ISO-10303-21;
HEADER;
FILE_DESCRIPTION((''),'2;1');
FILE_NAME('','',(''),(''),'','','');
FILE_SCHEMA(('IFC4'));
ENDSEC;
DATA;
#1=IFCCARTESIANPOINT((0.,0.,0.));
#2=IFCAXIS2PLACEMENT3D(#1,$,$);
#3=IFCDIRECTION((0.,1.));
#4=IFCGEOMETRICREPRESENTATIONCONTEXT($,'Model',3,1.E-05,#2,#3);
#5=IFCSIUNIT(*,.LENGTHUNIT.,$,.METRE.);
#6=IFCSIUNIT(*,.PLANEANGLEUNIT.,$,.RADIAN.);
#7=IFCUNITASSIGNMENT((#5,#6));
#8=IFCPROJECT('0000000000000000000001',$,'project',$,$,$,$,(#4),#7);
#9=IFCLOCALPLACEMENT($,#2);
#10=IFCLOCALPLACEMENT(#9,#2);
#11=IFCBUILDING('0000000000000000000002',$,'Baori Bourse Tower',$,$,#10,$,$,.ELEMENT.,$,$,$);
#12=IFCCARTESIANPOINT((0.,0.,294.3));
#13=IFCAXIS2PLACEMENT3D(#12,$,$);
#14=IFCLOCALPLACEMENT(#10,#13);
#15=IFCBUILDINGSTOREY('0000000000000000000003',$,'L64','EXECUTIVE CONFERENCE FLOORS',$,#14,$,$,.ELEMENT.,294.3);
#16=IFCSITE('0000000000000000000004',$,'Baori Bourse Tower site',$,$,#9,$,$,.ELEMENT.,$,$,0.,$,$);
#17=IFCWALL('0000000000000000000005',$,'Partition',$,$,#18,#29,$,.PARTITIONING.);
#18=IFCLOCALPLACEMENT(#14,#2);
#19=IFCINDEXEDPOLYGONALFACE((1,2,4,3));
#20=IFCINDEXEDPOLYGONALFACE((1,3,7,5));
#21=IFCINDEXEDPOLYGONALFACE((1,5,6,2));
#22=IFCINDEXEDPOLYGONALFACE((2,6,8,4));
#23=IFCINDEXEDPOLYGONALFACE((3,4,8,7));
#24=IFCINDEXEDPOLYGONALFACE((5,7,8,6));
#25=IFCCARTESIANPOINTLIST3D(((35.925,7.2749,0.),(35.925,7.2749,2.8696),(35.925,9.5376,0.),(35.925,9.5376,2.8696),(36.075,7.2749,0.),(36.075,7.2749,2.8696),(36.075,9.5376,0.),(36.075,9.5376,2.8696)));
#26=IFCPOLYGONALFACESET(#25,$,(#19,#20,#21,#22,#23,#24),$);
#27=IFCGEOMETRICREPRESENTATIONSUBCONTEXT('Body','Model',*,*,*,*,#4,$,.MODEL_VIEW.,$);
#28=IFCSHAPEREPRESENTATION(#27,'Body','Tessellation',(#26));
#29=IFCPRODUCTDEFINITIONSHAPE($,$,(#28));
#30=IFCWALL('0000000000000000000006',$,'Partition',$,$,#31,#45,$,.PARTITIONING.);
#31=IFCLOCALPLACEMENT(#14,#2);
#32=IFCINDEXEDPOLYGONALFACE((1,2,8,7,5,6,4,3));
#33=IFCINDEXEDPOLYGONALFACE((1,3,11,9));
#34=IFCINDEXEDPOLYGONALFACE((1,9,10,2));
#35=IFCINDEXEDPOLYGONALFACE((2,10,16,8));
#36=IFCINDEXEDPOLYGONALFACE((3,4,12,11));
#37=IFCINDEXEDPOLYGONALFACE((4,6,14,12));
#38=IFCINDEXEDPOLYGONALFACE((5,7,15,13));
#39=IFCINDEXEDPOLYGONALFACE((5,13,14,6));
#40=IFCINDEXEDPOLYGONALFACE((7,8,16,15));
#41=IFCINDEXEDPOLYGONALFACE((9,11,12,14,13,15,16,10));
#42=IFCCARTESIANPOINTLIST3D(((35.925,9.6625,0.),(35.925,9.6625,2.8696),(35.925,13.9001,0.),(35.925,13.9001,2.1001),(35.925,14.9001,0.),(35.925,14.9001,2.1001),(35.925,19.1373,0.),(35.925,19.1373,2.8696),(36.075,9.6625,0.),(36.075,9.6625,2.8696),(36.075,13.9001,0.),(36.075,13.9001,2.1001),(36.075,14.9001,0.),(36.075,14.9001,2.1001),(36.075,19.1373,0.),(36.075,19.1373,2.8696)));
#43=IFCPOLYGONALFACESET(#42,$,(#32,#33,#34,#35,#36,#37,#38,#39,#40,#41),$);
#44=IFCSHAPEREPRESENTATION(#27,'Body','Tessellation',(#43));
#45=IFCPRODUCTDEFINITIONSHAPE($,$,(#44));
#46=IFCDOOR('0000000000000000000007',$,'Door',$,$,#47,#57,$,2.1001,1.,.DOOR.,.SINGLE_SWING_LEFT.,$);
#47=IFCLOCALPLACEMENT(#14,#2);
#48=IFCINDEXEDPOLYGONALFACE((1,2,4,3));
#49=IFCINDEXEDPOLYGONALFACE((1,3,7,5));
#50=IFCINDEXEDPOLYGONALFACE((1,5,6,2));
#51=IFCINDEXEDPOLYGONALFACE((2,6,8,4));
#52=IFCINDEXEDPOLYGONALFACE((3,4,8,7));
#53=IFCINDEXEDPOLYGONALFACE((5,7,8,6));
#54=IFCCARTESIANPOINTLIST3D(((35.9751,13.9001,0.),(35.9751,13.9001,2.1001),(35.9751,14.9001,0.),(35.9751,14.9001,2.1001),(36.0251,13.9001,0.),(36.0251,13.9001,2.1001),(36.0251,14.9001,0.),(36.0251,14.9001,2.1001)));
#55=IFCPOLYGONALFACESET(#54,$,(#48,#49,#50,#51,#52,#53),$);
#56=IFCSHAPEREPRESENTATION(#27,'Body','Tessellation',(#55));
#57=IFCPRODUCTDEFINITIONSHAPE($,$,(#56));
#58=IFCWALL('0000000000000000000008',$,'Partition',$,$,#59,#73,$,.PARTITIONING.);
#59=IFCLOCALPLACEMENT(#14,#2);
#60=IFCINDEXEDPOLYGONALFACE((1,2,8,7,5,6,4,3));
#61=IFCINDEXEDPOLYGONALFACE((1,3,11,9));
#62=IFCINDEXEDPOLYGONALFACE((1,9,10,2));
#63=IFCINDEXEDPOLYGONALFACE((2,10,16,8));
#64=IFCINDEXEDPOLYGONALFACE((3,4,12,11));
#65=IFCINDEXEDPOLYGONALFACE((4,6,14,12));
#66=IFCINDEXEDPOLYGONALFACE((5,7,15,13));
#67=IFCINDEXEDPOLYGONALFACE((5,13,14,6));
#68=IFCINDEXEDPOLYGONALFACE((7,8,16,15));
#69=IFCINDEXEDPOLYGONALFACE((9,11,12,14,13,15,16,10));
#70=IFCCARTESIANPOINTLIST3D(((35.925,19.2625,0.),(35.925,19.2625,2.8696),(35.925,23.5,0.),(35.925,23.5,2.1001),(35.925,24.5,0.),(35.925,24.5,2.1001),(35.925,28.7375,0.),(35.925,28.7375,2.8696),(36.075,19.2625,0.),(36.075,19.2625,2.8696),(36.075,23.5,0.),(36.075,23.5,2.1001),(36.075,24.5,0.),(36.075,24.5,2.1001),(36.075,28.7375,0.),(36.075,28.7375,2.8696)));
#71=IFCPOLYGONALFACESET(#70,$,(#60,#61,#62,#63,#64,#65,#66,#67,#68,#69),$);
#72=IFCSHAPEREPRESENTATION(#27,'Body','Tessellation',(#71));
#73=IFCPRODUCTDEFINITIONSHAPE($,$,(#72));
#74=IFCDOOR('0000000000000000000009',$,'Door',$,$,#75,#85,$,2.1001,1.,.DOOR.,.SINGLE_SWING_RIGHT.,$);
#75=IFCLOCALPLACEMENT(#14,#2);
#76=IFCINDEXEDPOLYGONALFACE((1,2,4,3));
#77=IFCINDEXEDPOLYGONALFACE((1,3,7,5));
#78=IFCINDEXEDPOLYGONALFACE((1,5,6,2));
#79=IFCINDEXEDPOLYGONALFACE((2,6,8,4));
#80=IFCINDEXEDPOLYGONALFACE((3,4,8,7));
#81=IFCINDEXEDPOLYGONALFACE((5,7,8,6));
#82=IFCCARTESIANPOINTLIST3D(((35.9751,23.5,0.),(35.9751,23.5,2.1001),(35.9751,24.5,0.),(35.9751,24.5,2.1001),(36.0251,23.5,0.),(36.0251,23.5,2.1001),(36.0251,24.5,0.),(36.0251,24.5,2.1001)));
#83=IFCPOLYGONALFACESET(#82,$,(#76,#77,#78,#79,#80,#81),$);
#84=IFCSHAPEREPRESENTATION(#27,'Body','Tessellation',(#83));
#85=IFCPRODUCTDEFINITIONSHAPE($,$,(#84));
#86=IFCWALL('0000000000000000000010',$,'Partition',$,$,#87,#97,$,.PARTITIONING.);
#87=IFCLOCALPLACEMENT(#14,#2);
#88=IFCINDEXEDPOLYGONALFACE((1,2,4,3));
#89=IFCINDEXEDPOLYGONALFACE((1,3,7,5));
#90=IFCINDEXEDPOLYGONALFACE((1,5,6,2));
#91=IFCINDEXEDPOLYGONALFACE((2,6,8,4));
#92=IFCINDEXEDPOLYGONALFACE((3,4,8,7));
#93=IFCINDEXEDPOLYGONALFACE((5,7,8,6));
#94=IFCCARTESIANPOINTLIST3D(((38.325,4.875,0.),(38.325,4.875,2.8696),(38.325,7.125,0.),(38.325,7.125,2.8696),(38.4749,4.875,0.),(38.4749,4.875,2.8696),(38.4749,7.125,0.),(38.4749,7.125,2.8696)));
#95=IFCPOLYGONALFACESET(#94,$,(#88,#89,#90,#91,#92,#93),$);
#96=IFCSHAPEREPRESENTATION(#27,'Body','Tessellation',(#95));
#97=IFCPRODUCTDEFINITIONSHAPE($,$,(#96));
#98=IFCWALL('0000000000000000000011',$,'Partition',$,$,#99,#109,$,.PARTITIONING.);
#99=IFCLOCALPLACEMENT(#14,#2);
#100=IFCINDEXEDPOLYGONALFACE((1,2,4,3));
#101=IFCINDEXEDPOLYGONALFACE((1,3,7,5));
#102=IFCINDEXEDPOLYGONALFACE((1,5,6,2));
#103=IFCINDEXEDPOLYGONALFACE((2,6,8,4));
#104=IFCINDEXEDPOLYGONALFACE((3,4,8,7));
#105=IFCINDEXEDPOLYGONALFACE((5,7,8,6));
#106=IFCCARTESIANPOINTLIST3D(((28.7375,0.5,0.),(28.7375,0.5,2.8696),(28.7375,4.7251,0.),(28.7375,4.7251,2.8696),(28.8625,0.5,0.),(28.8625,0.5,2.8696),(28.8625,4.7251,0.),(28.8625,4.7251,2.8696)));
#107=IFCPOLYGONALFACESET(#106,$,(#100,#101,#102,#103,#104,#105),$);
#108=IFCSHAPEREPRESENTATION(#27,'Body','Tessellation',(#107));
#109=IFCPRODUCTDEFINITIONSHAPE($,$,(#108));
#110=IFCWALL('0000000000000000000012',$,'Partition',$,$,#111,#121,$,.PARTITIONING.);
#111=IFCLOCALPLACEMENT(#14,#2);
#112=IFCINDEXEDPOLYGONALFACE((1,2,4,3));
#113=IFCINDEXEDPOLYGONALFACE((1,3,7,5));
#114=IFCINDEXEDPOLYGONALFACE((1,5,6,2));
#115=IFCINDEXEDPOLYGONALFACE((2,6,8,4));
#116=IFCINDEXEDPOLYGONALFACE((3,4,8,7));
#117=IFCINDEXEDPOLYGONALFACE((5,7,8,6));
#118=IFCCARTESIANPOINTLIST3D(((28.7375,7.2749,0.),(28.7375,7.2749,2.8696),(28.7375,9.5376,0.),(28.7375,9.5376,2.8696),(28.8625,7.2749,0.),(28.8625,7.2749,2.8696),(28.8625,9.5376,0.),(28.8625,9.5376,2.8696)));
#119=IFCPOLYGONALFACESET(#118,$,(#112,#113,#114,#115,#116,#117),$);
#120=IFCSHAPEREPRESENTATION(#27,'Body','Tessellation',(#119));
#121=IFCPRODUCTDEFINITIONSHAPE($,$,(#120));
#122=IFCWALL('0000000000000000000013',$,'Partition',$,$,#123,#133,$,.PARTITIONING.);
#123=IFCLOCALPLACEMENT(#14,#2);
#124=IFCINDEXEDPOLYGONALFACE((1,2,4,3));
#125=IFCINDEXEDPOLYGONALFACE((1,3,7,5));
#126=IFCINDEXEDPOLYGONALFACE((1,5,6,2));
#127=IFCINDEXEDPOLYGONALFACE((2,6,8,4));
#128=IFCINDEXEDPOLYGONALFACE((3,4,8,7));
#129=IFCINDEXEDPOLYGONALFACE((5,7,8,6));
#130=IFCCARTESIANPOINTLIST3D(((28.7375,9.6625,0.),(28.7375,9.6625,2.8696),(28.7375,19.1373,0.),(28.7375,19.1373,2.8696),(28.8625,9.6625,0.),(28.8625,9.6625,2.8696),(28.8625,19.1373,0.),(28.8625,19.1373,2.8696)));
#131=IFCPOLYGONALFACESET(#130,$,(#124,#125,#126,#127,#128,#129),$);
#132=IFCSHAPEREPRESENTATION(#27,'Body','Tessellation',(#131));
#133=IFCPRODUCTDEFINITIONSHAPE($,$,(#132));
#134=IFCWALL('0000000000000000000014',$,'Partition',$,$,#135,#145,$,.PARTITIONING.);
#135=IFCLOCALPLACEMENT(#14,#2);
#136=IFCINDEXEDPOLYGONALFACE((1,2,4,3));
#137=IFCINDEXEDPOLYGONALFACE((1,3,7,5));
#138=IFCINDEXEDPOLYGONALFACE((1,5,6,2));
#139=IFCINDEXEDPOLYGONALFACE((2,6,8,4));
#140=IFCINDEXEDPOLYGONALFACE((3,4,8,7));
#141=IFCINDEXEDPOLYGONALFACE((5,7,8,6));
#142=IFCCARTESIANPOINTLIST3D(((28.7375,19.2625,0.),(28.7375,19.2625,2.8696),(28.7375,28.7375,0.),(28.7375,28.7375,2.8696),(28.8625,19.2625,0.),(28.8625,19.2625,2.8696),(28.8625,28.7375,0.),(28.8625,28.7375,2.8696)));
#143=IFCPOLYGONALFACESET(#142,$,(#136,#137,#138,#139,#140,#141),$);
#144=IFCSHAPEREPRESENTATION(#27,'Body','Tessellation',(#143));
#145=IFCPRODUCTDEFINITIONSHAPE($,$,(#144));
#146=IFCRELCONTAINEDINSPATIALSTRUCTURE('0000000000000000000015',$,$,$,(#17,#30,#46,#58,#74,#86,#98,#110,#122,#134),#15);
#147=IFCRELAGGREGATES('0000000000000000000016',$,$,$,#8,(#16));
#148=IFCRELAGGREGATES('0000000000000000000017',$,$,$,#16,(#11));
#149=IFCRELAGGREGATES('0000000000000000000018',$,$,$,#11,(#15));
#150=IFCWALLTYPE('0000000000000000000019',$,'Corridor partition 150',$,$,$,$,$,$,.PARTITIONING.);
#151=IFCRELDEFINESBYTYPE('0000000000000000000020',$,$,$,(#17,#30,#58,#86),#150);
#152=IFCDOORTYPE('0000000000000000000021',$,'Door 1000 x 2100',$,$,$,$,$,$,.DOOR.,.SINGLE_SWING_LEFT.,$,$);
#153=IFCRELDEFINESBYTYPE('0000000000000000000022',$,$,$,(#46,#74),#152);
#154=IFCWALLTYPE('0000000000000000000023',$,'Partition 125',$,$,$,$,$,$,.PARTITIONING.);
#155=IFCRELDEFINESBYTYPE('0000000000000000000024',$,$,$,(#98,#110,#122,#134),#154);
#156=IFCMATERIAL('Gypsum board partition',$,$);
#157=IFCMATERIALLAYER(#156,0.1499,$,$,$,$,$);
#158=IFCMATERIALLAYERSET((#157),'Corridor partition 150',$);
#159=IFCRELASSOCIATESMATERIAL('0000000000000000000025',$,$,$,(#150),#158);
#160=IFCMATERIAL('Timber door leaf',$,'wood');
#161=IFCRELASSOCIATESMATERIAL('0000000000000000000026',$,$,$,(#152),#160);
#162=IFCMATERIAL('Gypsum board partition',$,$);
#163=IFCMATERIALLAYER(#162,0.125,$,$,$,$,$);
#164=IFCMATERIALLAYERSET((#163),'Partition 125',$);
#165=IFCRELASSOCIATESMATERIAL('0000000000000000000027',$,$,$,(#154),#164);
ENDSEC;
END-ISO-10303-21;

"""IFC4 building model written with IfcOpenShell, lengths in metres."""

from ifc_helpers import new_model, si_unit, direction, frame, frame_2d, origin, place, context, subcontext, project, spatial, rectangle, extrude, material, layer, layer_set, type_object, element, fill, save


model = new_model("IFC4")

# Units and contexts
model_context = context("Model", 3, precision=1e-05, world=origin(), true_north=direction((0.0, 1.0)))
body_context = subcontext(model_context, "Body", "Model", "MODEL_VIEW")
ifc_project = project(units=[si_unit("LENGTHUNIT", "METRE"), si_unit("PLANEANGLEUNIT", "RADIAN")], contexts=[model_context])

# Site, building, storey
site_placement = place(None, origin())
site = spatial("IfcSite", under=ifc_project, at=site_placement, Name="Baori Bourse Tower site", CompositionType="ELEMENT", RefElevation=0.0)
building_placement = place(site_placement, origin())
building = spatial("IfcBuilding", under=site, at=building_placement, Name="Baori Bourse Tower", CompositionType="ELEMENT")
storey_placement = place(building_placement, frame((0.0, 0.0, 294.3)))
storey = spatial("IfcBuildingStorey", under=building, at=storey_placement, Name="L64", Description="EXECUTIVE CONFERENCE FLOORS", CompositionType="ELEMENT", Elevation=294.3)

# Shared definitions
ifc_material_1 = material(Name="Gypsum board partition")
ifc_layer_1 = layer(ifc_material_1, 0.1499)
ifc_layer_set_1 = layer_set([ifc_layer_1], Name="Corridor partition 150")
wall_type_1 = type_object("IfcWallType", Name="Corridor partition 150", PredefinedType="PARTITIONING", material=ifc_layer_set_1)
ifc_material_2 = material(Name="Timber door leaf", Category="wood")
door_type = type_object("IfcDoorType", Name="Door 1000 x 2100", OperationType="SINGLE_SWING_LEFT", PredefinedType="DOOR", material=ifc_material_2)

# Wall
wall_1_placement = place(storey_placement, frame((36.0, 7.2749, 0.0), z_axis=(0.0, 0.0, 1.0), x_axis=(0.0, 1.0, 0.0)))
element("IfcWall", 1, at=wall_1_placement, inside=storey, type_object=wall_type_1, Name="Partition", PredefinedType="PARTITIONING", context=body_context, shape_type="SweptSolid", body=[
    extrude(rectangle(XDim=2.2627, YDim=0.1499, at=frame_2d((1.1313, 0.0))), origin(), (0.0, 0.0, 1.0), 2.8696),
])

# Walls, openings, doors
wall_2_placement = place(storey_placement, frame((36.0, 9.6626, 0.0), z_axis=(0.0, 0.0, 1.0), x_axis=(0.0, 1.0, 0.0)))
wall_2 = element("IfcWall", 2, at=wall_2_placement, inside=storey, type_object=wall_type_1, Name="Partition", PredefinedType="PARTITIONING", context=body_context, shape_type="SweptSolid", body=[
    extrude(rectangle(XDim=9.4749, YDim=0.1499, at=frame_2d((4.7373, 0.0))), origin(), (0.0, 0.0, 1.0), 2.8696),
])
opening_1_placement = place(wall_2_placement, frame((4.2375, 0.0, 0.0)))
opening_1 = element("IfcOpeningElement", 3, at=opening_1_placement, cuts=wall_2, PredefinedType="OPENING", context=body_context, shape_type="SweptSolid", body=[
    extrude(rectangle(XDim=1.0, YDim=2.1001, at=frame_2d((0.5, 1.05))), frame((0.0, 0.085, 0.0), z_axis=(0.0, -1.0, 0.0), x_axis=(1.0, 0.0, 0.0)), (0.0, 0.0, 1.0), 0.1699),
])
door_1_placement = place(opening_1_placement, origin())
door_1 = element("IfcDoor", 4, at=door_1_placement, inside=storey, type_object=door_type, Name="Door", OperationType="SINGLE_SWING_LEFT", OverallHeight=2.1001, OverallWidth=1.0, PredefinedType="DOOR", context=body_context, shape_type="SweptSolid", body=[
    extrude(rectangle(XDim=1.0, YDim=2.1001, at=frame_2d((0.5, 1.05))), frame((0.0, 0.0249, 0.0), z_axis=(0.0, -1.0, 0.0), x_axis=(1.0, 0.0, 0.0)), (0.0, 0.0, 1.0), 0.05),
])
fill(opening_1, door_1)
wall_3_placement = place(storey_placement, frame((36.0, 19.2625, 0.0), z_axis=(0.0, 0.0, 1.0), x_axis=(0.0, 1.0, 0.0)))
wall_3 = element("IfcWall", 5, at=wall_3_placement, inside=storey, type_object=wall_type_1, Name="Partition", PredefinedType="PARTITIONING", context=body_context, shape_type="SweptSolid", body=[
    extrude(rectangle(XDim=9.4751, YDim=0.1499, at=frame_2d((4.7375, 0.0))), origin(), (0.0, 0.0, 1.0), 2.8696),
])
opening_2_placement = place(wall_3_placement, frame((4.2375, 0.0, 0.0)))
opening_2 = element("IfcOpeningElement", 6, at=opening_2_placement, cuts=wall_3, PredefinedType="OPENING", context=body_context, shape_type="SweptSolid", body=[
    extrude(rectangle(XDim=1.0, YDim=2.1001, at=frame_2d((0.5, 1.05))), frame((0.0, 0.085, 0.0), z_axis=(0.0, -1.0, 0.0), x_axis=(1.0, 0.0, 0.0)), (0.0, 0.0, 1.0), 0.1699),
])
door_2_placement = place(opening_2_placement, origin())
door_2 = element("IfcDoor", 7, at=door_2_placement, inside=storey, type_object=door_type, Name="Door", OperationType="SINGLE_SWING_RIGHT", OverallHeight=2.1001, OverallWidth=1.0, PredefinedType="DOOR", context=body_context, shape_type="SweptSolid", body=[
    extrude(rectangle(XDim=1.0, YDim=2.1001, at=frame_2d((0.5, 1.05))), frame((0.0, 0.0249, 0.0), z_axis=(0.0, -1.0, 0.0), x_axis=(1.0, 0.0, 0.0)), (0.0, 0.0, 1.0), 0.05),
])
fill(opening_2, door_2)

# Walls
wall_4_placement = place(storey_placement, frame((38.3999, 4.875, 0.0), z_axis=(0.0, 0.0, 1.0), x_axis=(0.0, 1.0, 0.0)))
element("IfcWall", 8, at=wall_4_placement, inside=storey, type_object=wall_type_1, Name="Partition", PredefinedType="PARTITIONING", context=body_context, shape_type="SweptSolid", body=[
    extrude(rectangle(XDim=2.25, YDim=0.1499, at=frame_2d((1.125, 0.0))), origin(), (0.0, 0.0, 1.0), 2.8696),
])
ifc_material_3 = material(Name="Gypsum board partition")
ifc_layer_2 = layer(ifc_material_3, 0.125)
ifc_layer_set_2 = layer_set([ifc_layer_2], Name="Partition 125")
wall_type_2 = type_object("IfcWallType", Name="Partition 125", PredefinedType="PARTITIONING", material=ifc_layer_set_2)
wall_5_placement = place(storey_placement, frame((28.8, 0.5, 0.0), z_axis=(0.0, 0.0, 1.0), x_axis=(0.0, 1.0, 0.0)))
element("IfcWall", 9, at=wall_5_placement, inside=storey, type_object=wall_type_2, Name="Partition", PredefinedType="PARTITIONING", context=body_context, shape_type="SweptSolid", body=[
    extrude(rectangle(XDim=4.2251, YDim=0.125, at=frame_2d((2.1125, 0.0))), origin(), (0.0, 0.0, 1.0), 2.8696),
])
wall_6_placement = place(storey_placement, frame((28.8, 7.2749, 0.0), z_axis=(0.0, 0.0, 1.0), x_axis=(0.0, 1.0, 0.0)))
element("IfcWall", 10, at=wall_6_placement, inside=storey, type_object=wall_type_2, Name="Partition", PredefinedType="PARTITIONING", context=body_context, shape_type="SweptSolid", body=[
    extrude(rectangle(XDim=2.2627, YDim=0.125, at=frame_2d((1.1313, 0.0))), origin(), (0.0, 0.0, 1.0), 2.8696),
])
wall_7_placement = place(storey_placement, frame((28.8, 9.6626, 0.0), z_axis=(0.0, 0.0, 1.0), x_axis=(0.0, 1.0, 0.0)))
element("IfcWall", 11, at=wall_7_placement, inside=storey, type_object=wall_type_2, Name="Partition", PredefinedType="PARTITIONING", context=body_context, shape_type="SweptSolid", body=[
    extrude(rectangle(XDim=9.4749, YDim=0.125, at=frame_2d((4.7373, 0.0))), origin(), (0.0, 0.0, 1.0), 2.8696),
])
wall_8_placement = place(storey_placement, frame((28.8, 19.2625, 0.0), z_axis=(0.0, 0.0, 1.0), x_axis=(0.0, 1.0, 0.0)))
element("IfcWall", 12, at=wall_8_placement, inside=storey, type_object=wall_type_2, Name="Partition", PredefinedType="PARTITIONING", context=body_context, shape_type="SweptSolid", body=[
    extrude(rectangle(XDim=9.4751, YDim=0.125, at=frame_2d((4.7375, 0.0))), origin(), (0.0, 0.0, 1.0), 2.8696),
])

save(model, "model.ifc")
